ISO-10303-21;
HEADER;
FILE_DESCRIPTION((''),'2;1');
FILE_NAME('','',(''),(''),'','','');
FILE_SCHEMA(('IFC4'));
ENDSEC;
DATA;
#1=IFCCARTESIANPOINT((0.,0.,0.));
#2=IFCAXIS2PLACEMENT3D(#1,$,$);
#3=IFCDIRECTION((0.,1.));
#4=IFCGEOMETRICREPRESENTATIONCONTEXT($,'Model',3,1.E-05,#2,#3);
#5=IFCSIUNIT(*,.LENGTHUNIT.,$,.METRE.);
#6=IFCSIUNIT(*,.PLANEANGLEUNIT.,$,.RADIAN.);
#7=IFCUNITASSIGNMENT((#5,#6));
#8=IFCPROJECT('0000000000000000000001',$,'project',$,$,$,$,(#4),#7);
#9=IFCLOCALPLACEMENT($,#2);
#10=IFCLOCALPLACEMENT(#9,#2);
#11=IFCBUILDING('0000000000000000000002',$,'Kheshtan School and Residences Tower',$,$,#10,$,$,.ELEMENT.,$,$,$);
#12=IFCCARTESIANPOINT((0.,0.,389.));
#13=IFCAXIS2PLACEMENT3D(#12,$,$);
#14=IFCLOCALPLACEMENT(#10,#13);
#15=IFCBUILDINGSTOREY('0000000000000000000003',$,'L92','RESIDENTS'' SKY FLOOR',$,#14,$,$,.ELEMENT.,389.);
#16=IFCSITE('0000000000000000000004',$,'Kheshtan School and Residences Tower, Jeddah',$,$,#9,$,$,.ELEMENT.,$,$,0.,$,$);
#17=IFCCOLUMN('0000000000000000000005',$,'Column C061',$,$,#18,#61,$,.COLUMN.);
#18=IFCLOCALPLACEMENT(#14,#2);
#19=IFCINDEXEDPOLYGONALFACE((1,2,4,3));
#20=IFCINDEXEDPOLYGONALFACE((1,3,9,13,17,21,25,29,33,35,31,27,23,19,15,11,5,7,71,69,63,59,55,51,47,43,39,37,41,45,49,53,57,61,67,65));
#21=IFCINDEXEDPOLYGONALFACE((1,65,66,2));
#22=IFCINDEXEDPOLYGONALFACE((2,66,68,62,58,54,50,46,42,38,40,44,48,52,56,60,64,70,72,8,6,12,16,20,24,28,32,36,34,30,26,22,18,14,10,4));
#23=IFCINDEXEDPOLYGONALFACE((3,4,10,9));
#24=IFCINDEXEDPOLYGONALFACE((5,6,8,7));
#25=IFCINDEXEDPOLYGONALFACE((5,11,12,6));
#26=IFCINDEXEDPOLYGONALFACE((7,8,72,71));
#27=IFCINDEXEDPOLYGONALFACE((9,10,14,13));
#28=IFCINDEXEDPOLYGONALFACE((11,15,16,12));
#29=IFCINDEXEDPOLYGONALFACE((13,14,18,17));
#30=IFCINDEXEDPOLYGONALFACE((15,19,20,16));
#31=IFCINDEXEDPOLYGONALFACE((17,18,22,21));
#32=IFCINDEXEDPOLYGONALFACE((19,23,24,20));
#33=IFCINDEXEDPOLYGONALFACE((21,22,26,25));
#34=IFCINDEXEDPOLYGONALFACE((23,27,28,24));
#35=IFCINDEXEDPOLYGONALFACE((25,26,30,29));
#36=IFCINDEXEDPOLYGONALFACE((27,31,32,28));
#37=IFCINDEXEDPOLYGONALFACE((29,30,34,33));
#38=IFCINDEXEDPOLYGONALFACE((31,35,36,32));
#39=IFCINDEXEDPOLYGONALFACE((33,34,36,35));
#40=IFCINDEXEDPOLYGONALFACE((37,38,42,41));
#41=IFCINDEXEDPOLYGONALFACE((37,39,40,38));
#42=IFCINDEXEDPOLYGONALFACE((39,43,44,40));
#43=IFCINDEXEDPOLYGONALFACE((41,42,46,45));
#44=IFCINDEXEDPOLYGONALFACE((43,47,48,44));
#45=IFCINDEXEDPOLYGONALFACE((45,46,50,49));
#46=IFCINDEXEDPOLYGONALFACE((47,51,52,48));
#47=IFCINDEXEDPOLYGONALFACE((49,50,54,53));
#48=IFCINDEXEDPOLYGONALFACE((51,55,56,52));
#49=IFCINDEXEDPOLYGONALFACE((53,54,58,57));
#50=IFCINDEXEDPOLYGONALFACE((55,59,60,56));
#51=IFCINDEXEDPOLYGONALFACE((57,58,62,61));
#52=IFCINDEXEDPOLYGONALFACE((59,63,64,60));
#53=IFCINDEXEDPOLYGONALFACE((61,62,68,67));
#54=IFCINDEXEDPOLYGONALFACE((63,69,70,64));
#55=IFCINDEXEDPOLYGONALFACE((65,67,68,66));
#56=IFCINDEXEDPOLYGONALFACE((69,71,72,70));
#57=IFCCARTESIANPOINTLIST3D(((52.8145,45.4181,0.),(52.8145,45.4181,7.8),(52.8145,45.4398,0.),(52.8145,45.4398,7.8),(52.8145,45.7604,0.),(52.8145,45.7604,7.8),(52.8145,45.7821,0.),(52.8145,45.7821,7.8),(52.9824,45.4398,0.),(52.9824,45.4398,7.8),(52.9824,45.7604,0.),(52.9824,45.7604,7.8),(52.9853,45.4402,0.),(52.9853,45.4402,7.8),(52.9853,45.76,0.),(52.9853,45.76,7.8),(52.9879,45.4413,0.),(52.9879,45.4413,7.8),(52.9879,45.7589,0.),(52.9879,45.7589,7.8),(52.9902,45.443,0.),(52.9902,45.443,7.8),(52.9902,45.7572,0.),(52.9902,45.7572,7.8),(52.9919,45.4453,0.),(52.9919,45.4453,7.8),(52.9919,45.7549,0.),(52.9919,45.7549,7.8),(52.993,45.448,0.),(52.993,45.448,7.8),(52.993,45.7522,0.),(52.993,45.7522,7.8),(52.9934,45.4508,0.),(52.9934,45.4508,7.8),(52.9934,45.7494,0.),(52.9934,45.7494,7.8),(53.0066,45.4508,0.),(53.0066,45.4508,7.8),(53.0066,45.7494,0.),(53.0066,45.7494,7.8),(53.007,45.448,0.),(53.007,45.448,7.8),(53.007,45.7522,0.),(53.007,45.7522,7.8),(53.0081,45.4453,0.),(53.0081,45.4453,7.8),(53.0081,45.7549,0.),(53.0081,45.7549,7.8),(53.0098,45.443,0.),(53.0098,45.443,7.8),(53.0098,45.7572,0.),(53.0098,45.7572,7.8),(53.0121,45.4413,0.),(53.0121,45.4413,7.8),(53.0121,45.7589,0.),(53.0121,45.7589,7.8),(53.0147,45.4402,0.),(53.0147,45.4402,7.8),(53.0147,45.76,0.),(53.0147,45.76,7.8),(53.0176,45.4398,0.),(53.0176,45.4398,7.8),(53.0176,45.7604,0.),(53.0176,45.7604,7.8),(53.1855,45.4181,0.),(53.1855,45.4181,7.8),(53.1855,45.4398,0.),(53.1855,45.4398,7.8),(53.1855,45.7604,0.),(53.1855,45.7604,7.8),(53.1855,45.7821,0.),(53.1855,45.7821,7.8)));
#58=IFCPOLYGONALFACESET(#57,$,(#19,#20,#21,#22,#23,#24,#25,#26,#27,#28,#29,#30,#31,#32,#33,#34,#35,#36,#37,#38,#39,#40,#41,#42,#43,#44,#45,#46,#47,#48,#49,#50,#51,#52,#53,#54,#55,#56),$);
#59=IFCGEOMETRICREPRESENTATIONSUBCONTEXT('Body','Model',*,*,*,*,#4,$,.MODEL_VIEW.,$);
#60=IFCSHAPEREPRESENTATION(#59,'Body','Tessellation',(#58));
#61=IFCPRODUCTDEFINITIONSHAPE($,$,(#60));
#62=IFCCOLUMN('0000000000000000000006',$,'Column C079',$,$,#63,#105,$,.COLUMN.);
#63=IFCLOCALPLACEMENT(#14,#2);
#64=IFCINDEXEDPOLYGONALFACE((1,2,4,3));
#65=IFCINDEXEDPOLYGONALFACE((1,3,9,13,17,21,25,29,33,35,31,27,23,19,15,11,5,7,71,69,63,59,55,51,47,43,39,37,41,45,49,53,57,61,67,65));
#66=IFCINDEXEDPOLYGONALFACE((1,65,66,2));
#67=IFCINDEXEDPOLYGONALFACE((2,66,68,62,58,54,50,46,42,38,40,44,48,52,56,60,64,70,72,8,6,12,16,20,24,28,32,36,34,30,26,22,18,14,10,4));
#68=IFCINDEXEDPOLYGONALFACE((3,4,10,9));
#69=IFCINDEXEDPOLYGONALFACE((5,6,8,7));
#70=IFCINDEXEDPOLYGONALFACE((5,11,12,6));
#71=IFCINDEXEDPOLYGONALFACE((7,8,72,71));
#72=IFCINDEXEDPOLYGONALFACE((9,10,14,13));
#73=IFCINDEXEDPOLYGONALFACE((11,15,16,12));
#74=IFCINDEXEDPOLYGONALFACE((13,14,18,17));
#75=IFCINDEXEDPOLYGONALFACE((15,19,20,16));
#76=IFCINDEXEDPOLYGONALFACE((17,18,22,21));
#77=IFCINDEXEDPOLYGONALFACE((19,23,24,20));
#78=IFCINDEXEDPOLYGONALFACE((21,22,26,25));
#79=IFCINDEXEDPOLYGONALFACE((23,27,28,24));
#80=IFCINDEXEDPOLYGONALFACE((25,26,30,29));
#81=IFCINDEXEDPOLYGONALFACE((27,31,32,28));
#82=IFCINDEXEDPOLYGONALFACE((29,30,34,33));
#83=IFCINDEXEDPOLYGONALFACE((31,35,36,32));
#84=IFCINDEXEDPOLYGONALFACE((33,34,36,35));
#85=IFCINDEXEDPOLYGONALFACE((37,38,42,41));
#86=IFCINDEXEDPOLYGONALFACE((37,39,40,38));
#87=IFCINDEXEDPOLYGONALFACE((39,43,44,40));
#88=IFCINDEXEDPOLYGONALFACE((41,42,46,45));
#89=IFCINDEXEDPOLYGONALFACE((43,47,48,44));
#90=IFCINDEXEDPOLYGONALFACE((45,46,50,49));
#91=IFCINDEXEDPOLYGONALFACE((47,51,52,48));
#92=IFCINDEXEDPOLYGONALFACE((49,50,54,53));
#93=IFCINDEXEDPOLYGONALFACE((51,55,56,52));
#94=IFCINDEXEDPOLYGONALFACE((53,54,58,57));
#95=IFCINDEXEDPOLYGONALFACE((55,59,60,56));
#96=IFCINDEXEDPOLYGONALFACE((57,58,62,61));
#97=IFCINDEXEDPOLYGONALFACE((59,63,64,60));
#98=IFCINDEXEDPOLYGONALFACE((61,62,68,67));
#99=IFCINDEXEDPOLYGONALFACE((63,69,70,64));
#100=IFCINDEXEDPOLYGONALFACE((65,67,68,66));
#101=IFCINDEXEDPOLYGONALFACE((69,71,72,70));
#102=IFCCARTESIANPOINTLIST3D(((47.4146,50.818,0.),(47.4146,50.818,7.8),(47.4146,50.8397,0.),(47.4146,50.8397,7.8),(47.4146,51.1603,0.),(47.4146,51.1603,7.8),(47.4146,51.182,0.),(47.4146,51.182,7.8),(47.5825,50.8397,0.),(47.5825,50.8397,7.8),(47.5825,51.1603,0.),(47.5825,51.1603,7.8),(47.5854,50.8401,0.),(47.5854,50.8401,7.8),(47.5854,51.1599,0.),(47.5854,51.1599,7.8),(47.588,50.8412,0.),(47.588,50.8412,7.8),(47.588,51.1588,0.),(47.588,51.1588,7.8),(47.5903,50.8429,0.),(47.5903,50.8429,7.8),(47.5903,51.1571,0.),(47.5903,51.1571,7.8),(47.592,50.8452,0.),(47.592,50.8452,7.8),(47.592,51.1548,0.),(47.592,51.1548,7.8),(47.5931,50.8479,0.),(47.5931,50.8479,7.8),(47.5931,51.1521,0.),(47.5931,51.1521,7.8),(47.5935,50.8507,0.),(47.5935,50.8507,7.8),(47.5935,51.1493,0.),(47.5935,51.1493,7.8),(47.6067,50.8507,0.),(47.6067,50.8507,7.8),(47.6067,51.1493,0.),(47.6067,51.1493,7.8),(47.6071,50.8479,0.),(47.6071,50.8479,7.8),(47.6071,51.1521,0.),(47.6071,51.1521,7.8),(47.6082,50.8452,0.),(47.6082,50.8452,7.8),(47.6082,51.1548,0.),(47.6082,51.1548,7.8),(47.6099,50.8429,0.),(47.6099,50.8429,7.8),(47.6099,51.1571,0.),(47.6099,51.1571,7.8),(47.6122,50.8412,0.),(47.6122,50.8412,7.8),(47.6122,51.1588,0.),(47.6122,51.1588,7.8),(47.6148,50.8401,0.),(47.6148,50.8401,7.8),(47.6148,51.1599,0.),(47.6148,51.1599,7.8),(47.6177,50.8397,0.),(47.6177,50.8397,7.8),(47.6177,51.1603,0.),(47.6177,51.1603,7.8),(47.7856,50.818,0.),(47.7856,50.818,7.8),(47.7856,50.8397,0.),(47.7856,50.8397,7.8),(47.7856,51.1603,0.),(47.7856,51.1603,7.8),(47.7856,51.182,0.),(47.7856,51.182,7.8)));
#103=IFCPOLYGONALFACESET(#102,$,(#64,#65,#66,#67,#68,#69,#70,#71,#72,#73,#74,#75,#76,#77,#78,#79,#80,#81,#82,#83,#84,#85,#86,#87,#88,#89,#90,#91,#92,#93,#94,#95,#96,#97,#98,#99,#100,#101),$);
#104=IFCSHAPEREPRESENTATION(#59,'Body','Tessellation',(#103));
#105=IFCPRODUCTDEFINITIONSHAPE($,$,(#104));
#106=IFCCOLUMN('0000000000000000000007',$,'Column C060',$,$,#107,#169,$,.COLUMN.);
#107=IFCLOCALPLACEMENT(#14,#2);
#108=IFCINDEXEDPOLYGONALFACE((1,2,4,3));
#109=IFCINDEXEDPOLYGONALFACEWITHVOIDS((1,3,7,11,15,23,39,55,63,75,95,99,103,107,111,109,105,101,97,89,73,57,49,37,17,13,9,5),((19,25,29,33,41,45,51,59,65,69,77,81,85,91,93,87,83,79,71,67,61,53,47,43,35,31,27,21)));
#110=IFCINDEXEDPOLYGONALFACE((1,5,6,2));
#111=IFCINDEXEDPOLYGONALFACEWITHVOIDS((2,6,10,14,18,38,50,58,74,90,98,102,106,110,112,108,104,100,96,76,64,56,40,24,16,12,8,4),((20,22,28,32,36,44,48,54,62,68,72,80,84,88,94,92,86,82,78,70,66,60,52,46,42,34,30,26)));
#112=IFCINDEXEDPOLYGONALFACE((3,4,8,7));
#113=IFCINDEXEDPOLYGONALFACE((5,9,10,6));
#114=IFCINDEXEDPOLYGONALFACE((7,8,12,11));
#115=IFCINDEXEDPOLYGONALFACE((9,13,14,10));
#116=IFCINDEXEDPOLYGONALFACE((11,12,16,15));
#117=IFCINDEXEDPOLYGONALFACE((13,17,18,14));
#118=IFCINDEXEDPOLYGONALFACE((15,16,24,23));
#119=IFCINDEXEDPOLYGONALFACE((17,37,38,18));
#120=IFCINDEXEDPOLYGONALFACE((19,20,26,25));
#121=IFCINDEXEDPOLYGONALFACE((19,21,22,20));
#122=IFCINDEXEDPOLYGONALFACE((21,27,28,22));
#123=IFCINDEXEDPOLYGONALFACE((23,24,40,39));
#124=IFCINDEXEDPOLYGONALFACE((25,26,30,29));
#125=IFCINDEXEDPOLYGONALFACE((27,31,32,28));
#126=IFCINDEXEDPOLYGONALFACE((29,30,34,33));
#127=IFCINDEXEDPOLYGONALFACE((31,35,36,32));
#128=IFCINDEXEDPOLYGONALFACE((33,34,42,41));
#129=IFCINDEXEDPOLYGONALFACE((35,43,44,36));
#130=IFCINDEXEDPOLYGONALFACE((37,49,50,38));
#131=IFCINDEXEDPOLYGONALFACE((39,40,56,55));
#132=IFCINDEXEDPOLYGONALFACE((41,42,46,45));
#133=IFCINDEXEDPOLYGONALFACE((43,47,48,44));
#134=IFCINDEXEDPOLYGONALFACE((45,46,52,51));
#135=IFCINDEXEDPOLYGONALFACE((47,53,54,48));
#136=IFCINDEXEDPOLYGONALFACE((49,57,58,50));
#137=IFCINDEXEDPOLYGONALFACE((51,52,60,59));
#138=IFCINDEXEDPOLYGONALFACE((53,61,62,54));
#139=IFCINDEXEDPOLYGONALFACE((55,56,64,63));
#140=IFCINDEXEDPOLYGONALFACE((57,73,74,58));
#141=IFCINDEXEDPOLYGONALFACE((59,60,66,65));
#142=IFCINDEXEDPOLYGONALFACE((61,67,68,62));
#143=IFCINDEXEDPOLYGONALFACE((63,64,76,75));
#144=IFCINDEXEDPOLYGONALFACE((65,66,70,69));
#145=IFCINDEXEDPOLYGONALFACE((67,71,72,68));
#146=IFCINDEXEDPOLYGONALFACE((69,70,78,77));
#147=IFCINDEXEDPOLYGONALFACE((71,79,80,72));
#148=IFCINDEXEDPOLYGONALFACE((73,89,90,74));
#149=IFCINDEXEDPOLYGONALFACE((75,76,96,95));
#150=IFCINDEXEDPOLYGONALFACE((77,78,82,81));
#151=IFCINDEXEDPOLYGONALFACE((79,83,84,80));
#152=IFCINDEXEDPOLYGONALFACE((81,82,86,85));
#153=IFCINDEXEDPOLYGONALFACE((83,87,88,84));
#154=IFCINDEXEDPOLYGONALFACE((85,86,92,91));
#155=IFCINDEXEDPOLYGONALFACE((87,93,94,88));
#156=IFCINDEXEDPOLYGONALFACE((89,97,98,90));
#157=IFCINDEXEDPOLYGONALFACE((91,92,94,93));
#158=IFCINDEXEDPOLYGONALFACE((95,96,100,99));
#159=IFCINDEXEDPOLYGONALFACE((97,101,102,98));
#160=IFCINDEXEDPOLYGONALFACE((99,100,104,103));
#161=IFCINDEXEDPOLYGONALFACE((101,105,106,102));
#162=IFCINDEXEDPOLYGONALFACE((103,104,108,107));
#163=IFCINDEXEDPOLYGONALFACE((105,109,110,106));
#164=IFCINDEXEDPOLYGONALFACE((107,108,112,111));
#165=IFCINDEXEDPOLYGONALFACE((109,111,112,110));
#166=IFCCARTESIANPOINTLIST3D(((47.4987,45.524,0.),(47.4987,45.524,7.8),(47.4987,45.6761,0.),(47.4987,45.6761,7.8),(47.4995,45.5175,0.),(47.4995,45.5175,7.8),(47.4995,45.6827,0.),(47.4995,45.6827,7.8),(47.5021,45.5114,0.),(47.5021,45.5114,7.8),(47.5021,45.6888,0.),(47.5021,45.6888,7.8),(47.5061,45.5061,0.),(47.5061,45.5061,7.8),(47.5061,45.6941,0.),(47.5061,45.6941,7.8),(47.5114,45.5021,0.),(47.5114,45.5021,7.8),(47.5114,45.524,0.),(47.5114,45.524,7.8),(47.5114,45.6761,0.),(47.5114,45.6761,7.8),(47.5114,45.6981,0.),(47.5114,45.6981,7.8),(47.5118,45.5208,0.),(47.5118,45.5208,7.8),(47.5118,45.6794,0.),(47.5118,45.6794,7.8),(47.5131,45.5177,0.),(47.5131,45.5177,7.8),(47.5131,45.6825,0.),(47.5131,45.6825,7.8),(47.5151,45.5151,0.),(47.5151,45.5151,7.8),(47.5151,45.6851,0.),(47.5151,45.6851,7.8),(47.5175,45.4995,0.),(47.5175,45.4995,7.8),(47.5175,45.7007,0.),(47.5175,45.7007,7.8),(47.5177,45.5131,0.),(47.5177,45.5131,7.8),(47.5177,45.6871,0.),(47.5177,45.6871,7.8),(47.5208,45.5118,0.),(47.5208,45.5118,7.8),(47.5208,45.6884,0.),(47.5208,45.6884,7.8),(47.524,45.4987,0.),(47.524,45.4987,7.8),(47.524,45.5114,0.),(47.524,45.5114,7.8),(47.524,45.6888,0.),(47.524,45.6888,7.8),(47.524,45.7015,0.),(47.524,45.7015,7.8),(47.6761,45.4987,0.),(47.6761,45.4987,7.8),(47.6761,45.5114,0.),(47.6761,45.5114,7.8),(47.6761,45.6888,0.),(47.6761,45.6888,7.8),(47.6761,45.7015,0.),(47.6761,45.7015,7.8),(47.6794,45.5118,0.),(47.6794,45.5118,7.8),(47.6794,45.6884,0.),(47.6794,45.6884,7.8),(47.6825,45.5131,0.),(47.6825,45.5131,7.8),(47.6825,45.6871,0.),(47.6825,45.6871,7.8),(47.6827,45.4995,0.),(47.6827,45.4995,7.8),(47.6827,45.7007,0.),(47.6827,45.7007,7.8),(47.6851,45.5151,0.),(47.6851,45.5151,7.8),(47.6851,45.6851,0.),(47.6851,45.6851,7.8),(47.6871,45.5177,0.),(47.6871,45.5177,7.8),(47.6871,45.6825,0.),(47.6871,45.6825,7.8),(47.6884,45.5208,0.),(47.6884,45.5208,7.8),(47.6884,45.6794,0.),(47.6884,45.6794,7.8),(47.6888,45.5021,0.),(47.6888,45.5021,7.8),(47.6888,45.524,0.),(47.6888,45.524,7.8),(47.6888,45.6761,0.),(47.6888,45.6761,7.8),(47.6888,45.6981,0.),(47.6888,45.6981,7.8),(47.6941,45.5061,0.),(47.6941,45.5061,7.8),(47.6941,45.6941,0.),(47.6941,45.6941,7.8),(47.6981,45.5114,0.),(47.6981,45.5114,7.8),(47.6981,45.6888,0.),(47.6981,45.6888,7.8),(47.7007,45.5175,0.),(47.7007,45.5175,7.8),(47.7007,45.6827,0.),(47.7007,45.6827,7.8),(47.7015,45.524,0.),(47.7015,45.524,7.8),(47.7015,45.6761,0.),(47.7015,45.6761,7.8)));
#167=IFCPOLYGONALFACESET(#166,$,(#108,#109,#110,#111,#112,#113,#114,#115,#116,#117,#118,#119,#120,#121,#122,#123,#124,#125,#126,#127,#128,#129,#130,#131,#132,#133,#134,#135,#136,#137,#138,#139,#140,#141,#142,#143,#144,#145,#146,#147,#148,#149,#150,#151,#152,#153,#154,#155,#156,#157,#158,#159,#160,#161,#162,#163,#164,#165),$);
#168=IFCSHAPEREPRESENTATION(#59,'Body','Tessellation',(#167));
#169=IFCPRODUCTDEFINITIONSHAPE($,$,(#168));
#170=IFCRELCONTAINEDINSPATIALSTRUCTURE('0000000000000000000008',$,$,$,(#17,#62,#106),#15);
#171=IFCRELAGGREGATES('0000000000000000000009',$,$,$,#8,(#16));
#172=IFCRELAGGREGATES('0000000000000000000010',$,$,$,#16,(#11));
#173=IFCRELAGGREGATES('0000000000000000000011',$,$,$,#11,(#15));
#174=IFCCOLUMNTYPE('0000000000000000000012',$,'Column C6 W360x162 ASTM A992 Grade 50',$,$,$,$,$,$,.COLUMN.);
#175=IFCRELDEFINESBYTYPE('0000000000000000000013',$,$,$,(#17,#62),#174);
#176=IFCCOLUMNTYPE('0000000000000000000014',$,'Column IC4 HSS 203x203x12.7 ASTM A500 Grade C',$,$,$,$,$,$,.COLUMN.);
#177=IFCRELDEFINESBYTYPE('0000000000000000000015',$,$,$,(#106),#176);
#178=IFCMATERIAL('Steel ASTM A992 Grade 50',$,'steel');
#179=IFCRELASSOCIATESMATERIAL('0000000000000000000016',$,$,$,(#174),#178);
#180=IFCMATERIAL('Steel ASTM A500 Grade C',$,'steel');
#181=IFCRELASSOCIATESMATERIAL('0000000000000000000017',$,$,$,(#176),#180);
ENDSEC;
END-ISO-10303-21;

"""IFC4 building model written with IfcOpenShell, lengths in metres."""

from ifc_helpers import new_model, si_unit, direction, frame, origin, origin_2d, place, context, subcontext, project, spatial, hollow_rectangle, i_section, extrude, material, material_profile, profile_set, type_object, element, save


model = new_model("IFC4")

# Units and contexts
model_context = context("Model", 3, precision=1e-05, world=origin(), true_north=direction((0.0, 1.0)))
body_context = subcontext(model_context, "Body", "Model", "MODEL_VIEW")
ifc_project = project(units=[si_unit("LENGTHUNIT", "METRE"), si_unit("PLANEANGLEUNIT", "RADIAN")], contexts=[model_context])

# Site, building, storey
site_placement = place(None, origin())
site = spatial("IfcSite", under=ifc_project, at=site_placement, Name="Kheshtan School and Residences Tower, Jeddah", CompositionType="ELEMENT", RefElevation=0.0)
building_placement = place(site_placement, origin())
building = spatial("IfcBuilding", under=site, at=building_placement, Name="Kheshtan School and Residences Tower", CompositionType="ELEMENT")
storey_placement = place(building_placement, frame((0.0, 0.0, 389.0)))
storey = spatial("IfcBuildingStorey", under=building, at=storey_placement, Name="L92", Description="RESIDENTS' SKY FLOOR", CompositionType="ELEMENT", Elevation=389.0)

# Columns
ifc_material_1 = material(Name="Steel ASTM A992 Grade 50", Category="steel")
ifc_material_profile_1 = material_profile(ifc_material_1, i_section(OverallWidth=0.3711, OverallDepth=0.364, WebThickness=0.0132, FlangeThickness=0.0217, FilletRadius=0.011, at=origin_2d()), Name="W360x162")
ifc_profile_set_1 = profile_set([ifc_material_profile_1], Name="Steel ASTM A992 Grade 50")
column_type_1 = type_object("IfcColumnType", Name="Column C6 W360x162 ASTM A992 Grade 50", PredefinedType="COLUMN", material=ifc_profile_set_1)
for number, where, z_axis, x_axis, name in (
    (1, (53.0, 45.6001, 0.0), (0.0, 0.0, 1.0), (1.0, 0.0, 0.0), "Column C061"),
    (2, (47.6001, 51.0, 0.0), (0.0, 0.0, 1.0), (1.0, 0.0, 0.0), "Column C079"),
):
    element("IfcColumn", number, at=place(storey_placement, frame(where, z_axis=z_axis, x_axis=x_axis)), inside=storey, type_object=column_type_1, Name=name, PredefinedType="COLUMN", context=body_context, shape_type="SweptSolid", body=[
        extrude(i_section(OverallWidth=0.3711, OverallDepth=0.364, WebThickness=0.0132, FlangeThickness=0.0217, FilletRadius=0.011, at=origin_2d()), origin(), (0.0, 0.0, 1.0), 7.8),
    ])
ifc_material_2 = material(Name="Steel ASTM A500 Grade C", Category="steel")
ifc_material_profile_2 = material_profile(ifc_material_2, hollow_rectangle(XDim=0.2029, YDim=0.2029, WallThickness=0.0127, InnerFilletRadius=0.0127, OuterFilletRadius=0.0254, at=origin_2d()), Name="HSS 203x203x12.7")
ifc_profile_set_2 = profile_set([ifc_material_profile_2], Name="Steel ASTM A500 Grade C")
column_type_2 = type_object("IfcColumnType", Name="Column IC4 HSS 203x203x12.7 ASTM A500 Grade C", PredefinedType="COLUMN", material=ifc_profile_set_2)
column_placement = place(storey_placement, frame((47.6001, 45.6001, 0.0), z_axis=(0.0, 0.0, 1.0), x_axis=(1.0, 0.0, 0.0)))
element("IfcColumn", 3, at=column_placement, inside=storey, type_object=column_type_2, Name="Column C060", PredefinedType="COLUMN", context=body_context, shape_type="SweptSolid", body=[
    extrude(hollow_rectangle(XDim=0.2029, YDim=0.2029, WallThickness=0.0127, InnerFilletRadius=0.0127, OuterFilletRadius=0.0254, at=origin_2d()), origin(), (0.0, 0.0, 1.0), 7.8),
])

save(model, "model.ifc")
